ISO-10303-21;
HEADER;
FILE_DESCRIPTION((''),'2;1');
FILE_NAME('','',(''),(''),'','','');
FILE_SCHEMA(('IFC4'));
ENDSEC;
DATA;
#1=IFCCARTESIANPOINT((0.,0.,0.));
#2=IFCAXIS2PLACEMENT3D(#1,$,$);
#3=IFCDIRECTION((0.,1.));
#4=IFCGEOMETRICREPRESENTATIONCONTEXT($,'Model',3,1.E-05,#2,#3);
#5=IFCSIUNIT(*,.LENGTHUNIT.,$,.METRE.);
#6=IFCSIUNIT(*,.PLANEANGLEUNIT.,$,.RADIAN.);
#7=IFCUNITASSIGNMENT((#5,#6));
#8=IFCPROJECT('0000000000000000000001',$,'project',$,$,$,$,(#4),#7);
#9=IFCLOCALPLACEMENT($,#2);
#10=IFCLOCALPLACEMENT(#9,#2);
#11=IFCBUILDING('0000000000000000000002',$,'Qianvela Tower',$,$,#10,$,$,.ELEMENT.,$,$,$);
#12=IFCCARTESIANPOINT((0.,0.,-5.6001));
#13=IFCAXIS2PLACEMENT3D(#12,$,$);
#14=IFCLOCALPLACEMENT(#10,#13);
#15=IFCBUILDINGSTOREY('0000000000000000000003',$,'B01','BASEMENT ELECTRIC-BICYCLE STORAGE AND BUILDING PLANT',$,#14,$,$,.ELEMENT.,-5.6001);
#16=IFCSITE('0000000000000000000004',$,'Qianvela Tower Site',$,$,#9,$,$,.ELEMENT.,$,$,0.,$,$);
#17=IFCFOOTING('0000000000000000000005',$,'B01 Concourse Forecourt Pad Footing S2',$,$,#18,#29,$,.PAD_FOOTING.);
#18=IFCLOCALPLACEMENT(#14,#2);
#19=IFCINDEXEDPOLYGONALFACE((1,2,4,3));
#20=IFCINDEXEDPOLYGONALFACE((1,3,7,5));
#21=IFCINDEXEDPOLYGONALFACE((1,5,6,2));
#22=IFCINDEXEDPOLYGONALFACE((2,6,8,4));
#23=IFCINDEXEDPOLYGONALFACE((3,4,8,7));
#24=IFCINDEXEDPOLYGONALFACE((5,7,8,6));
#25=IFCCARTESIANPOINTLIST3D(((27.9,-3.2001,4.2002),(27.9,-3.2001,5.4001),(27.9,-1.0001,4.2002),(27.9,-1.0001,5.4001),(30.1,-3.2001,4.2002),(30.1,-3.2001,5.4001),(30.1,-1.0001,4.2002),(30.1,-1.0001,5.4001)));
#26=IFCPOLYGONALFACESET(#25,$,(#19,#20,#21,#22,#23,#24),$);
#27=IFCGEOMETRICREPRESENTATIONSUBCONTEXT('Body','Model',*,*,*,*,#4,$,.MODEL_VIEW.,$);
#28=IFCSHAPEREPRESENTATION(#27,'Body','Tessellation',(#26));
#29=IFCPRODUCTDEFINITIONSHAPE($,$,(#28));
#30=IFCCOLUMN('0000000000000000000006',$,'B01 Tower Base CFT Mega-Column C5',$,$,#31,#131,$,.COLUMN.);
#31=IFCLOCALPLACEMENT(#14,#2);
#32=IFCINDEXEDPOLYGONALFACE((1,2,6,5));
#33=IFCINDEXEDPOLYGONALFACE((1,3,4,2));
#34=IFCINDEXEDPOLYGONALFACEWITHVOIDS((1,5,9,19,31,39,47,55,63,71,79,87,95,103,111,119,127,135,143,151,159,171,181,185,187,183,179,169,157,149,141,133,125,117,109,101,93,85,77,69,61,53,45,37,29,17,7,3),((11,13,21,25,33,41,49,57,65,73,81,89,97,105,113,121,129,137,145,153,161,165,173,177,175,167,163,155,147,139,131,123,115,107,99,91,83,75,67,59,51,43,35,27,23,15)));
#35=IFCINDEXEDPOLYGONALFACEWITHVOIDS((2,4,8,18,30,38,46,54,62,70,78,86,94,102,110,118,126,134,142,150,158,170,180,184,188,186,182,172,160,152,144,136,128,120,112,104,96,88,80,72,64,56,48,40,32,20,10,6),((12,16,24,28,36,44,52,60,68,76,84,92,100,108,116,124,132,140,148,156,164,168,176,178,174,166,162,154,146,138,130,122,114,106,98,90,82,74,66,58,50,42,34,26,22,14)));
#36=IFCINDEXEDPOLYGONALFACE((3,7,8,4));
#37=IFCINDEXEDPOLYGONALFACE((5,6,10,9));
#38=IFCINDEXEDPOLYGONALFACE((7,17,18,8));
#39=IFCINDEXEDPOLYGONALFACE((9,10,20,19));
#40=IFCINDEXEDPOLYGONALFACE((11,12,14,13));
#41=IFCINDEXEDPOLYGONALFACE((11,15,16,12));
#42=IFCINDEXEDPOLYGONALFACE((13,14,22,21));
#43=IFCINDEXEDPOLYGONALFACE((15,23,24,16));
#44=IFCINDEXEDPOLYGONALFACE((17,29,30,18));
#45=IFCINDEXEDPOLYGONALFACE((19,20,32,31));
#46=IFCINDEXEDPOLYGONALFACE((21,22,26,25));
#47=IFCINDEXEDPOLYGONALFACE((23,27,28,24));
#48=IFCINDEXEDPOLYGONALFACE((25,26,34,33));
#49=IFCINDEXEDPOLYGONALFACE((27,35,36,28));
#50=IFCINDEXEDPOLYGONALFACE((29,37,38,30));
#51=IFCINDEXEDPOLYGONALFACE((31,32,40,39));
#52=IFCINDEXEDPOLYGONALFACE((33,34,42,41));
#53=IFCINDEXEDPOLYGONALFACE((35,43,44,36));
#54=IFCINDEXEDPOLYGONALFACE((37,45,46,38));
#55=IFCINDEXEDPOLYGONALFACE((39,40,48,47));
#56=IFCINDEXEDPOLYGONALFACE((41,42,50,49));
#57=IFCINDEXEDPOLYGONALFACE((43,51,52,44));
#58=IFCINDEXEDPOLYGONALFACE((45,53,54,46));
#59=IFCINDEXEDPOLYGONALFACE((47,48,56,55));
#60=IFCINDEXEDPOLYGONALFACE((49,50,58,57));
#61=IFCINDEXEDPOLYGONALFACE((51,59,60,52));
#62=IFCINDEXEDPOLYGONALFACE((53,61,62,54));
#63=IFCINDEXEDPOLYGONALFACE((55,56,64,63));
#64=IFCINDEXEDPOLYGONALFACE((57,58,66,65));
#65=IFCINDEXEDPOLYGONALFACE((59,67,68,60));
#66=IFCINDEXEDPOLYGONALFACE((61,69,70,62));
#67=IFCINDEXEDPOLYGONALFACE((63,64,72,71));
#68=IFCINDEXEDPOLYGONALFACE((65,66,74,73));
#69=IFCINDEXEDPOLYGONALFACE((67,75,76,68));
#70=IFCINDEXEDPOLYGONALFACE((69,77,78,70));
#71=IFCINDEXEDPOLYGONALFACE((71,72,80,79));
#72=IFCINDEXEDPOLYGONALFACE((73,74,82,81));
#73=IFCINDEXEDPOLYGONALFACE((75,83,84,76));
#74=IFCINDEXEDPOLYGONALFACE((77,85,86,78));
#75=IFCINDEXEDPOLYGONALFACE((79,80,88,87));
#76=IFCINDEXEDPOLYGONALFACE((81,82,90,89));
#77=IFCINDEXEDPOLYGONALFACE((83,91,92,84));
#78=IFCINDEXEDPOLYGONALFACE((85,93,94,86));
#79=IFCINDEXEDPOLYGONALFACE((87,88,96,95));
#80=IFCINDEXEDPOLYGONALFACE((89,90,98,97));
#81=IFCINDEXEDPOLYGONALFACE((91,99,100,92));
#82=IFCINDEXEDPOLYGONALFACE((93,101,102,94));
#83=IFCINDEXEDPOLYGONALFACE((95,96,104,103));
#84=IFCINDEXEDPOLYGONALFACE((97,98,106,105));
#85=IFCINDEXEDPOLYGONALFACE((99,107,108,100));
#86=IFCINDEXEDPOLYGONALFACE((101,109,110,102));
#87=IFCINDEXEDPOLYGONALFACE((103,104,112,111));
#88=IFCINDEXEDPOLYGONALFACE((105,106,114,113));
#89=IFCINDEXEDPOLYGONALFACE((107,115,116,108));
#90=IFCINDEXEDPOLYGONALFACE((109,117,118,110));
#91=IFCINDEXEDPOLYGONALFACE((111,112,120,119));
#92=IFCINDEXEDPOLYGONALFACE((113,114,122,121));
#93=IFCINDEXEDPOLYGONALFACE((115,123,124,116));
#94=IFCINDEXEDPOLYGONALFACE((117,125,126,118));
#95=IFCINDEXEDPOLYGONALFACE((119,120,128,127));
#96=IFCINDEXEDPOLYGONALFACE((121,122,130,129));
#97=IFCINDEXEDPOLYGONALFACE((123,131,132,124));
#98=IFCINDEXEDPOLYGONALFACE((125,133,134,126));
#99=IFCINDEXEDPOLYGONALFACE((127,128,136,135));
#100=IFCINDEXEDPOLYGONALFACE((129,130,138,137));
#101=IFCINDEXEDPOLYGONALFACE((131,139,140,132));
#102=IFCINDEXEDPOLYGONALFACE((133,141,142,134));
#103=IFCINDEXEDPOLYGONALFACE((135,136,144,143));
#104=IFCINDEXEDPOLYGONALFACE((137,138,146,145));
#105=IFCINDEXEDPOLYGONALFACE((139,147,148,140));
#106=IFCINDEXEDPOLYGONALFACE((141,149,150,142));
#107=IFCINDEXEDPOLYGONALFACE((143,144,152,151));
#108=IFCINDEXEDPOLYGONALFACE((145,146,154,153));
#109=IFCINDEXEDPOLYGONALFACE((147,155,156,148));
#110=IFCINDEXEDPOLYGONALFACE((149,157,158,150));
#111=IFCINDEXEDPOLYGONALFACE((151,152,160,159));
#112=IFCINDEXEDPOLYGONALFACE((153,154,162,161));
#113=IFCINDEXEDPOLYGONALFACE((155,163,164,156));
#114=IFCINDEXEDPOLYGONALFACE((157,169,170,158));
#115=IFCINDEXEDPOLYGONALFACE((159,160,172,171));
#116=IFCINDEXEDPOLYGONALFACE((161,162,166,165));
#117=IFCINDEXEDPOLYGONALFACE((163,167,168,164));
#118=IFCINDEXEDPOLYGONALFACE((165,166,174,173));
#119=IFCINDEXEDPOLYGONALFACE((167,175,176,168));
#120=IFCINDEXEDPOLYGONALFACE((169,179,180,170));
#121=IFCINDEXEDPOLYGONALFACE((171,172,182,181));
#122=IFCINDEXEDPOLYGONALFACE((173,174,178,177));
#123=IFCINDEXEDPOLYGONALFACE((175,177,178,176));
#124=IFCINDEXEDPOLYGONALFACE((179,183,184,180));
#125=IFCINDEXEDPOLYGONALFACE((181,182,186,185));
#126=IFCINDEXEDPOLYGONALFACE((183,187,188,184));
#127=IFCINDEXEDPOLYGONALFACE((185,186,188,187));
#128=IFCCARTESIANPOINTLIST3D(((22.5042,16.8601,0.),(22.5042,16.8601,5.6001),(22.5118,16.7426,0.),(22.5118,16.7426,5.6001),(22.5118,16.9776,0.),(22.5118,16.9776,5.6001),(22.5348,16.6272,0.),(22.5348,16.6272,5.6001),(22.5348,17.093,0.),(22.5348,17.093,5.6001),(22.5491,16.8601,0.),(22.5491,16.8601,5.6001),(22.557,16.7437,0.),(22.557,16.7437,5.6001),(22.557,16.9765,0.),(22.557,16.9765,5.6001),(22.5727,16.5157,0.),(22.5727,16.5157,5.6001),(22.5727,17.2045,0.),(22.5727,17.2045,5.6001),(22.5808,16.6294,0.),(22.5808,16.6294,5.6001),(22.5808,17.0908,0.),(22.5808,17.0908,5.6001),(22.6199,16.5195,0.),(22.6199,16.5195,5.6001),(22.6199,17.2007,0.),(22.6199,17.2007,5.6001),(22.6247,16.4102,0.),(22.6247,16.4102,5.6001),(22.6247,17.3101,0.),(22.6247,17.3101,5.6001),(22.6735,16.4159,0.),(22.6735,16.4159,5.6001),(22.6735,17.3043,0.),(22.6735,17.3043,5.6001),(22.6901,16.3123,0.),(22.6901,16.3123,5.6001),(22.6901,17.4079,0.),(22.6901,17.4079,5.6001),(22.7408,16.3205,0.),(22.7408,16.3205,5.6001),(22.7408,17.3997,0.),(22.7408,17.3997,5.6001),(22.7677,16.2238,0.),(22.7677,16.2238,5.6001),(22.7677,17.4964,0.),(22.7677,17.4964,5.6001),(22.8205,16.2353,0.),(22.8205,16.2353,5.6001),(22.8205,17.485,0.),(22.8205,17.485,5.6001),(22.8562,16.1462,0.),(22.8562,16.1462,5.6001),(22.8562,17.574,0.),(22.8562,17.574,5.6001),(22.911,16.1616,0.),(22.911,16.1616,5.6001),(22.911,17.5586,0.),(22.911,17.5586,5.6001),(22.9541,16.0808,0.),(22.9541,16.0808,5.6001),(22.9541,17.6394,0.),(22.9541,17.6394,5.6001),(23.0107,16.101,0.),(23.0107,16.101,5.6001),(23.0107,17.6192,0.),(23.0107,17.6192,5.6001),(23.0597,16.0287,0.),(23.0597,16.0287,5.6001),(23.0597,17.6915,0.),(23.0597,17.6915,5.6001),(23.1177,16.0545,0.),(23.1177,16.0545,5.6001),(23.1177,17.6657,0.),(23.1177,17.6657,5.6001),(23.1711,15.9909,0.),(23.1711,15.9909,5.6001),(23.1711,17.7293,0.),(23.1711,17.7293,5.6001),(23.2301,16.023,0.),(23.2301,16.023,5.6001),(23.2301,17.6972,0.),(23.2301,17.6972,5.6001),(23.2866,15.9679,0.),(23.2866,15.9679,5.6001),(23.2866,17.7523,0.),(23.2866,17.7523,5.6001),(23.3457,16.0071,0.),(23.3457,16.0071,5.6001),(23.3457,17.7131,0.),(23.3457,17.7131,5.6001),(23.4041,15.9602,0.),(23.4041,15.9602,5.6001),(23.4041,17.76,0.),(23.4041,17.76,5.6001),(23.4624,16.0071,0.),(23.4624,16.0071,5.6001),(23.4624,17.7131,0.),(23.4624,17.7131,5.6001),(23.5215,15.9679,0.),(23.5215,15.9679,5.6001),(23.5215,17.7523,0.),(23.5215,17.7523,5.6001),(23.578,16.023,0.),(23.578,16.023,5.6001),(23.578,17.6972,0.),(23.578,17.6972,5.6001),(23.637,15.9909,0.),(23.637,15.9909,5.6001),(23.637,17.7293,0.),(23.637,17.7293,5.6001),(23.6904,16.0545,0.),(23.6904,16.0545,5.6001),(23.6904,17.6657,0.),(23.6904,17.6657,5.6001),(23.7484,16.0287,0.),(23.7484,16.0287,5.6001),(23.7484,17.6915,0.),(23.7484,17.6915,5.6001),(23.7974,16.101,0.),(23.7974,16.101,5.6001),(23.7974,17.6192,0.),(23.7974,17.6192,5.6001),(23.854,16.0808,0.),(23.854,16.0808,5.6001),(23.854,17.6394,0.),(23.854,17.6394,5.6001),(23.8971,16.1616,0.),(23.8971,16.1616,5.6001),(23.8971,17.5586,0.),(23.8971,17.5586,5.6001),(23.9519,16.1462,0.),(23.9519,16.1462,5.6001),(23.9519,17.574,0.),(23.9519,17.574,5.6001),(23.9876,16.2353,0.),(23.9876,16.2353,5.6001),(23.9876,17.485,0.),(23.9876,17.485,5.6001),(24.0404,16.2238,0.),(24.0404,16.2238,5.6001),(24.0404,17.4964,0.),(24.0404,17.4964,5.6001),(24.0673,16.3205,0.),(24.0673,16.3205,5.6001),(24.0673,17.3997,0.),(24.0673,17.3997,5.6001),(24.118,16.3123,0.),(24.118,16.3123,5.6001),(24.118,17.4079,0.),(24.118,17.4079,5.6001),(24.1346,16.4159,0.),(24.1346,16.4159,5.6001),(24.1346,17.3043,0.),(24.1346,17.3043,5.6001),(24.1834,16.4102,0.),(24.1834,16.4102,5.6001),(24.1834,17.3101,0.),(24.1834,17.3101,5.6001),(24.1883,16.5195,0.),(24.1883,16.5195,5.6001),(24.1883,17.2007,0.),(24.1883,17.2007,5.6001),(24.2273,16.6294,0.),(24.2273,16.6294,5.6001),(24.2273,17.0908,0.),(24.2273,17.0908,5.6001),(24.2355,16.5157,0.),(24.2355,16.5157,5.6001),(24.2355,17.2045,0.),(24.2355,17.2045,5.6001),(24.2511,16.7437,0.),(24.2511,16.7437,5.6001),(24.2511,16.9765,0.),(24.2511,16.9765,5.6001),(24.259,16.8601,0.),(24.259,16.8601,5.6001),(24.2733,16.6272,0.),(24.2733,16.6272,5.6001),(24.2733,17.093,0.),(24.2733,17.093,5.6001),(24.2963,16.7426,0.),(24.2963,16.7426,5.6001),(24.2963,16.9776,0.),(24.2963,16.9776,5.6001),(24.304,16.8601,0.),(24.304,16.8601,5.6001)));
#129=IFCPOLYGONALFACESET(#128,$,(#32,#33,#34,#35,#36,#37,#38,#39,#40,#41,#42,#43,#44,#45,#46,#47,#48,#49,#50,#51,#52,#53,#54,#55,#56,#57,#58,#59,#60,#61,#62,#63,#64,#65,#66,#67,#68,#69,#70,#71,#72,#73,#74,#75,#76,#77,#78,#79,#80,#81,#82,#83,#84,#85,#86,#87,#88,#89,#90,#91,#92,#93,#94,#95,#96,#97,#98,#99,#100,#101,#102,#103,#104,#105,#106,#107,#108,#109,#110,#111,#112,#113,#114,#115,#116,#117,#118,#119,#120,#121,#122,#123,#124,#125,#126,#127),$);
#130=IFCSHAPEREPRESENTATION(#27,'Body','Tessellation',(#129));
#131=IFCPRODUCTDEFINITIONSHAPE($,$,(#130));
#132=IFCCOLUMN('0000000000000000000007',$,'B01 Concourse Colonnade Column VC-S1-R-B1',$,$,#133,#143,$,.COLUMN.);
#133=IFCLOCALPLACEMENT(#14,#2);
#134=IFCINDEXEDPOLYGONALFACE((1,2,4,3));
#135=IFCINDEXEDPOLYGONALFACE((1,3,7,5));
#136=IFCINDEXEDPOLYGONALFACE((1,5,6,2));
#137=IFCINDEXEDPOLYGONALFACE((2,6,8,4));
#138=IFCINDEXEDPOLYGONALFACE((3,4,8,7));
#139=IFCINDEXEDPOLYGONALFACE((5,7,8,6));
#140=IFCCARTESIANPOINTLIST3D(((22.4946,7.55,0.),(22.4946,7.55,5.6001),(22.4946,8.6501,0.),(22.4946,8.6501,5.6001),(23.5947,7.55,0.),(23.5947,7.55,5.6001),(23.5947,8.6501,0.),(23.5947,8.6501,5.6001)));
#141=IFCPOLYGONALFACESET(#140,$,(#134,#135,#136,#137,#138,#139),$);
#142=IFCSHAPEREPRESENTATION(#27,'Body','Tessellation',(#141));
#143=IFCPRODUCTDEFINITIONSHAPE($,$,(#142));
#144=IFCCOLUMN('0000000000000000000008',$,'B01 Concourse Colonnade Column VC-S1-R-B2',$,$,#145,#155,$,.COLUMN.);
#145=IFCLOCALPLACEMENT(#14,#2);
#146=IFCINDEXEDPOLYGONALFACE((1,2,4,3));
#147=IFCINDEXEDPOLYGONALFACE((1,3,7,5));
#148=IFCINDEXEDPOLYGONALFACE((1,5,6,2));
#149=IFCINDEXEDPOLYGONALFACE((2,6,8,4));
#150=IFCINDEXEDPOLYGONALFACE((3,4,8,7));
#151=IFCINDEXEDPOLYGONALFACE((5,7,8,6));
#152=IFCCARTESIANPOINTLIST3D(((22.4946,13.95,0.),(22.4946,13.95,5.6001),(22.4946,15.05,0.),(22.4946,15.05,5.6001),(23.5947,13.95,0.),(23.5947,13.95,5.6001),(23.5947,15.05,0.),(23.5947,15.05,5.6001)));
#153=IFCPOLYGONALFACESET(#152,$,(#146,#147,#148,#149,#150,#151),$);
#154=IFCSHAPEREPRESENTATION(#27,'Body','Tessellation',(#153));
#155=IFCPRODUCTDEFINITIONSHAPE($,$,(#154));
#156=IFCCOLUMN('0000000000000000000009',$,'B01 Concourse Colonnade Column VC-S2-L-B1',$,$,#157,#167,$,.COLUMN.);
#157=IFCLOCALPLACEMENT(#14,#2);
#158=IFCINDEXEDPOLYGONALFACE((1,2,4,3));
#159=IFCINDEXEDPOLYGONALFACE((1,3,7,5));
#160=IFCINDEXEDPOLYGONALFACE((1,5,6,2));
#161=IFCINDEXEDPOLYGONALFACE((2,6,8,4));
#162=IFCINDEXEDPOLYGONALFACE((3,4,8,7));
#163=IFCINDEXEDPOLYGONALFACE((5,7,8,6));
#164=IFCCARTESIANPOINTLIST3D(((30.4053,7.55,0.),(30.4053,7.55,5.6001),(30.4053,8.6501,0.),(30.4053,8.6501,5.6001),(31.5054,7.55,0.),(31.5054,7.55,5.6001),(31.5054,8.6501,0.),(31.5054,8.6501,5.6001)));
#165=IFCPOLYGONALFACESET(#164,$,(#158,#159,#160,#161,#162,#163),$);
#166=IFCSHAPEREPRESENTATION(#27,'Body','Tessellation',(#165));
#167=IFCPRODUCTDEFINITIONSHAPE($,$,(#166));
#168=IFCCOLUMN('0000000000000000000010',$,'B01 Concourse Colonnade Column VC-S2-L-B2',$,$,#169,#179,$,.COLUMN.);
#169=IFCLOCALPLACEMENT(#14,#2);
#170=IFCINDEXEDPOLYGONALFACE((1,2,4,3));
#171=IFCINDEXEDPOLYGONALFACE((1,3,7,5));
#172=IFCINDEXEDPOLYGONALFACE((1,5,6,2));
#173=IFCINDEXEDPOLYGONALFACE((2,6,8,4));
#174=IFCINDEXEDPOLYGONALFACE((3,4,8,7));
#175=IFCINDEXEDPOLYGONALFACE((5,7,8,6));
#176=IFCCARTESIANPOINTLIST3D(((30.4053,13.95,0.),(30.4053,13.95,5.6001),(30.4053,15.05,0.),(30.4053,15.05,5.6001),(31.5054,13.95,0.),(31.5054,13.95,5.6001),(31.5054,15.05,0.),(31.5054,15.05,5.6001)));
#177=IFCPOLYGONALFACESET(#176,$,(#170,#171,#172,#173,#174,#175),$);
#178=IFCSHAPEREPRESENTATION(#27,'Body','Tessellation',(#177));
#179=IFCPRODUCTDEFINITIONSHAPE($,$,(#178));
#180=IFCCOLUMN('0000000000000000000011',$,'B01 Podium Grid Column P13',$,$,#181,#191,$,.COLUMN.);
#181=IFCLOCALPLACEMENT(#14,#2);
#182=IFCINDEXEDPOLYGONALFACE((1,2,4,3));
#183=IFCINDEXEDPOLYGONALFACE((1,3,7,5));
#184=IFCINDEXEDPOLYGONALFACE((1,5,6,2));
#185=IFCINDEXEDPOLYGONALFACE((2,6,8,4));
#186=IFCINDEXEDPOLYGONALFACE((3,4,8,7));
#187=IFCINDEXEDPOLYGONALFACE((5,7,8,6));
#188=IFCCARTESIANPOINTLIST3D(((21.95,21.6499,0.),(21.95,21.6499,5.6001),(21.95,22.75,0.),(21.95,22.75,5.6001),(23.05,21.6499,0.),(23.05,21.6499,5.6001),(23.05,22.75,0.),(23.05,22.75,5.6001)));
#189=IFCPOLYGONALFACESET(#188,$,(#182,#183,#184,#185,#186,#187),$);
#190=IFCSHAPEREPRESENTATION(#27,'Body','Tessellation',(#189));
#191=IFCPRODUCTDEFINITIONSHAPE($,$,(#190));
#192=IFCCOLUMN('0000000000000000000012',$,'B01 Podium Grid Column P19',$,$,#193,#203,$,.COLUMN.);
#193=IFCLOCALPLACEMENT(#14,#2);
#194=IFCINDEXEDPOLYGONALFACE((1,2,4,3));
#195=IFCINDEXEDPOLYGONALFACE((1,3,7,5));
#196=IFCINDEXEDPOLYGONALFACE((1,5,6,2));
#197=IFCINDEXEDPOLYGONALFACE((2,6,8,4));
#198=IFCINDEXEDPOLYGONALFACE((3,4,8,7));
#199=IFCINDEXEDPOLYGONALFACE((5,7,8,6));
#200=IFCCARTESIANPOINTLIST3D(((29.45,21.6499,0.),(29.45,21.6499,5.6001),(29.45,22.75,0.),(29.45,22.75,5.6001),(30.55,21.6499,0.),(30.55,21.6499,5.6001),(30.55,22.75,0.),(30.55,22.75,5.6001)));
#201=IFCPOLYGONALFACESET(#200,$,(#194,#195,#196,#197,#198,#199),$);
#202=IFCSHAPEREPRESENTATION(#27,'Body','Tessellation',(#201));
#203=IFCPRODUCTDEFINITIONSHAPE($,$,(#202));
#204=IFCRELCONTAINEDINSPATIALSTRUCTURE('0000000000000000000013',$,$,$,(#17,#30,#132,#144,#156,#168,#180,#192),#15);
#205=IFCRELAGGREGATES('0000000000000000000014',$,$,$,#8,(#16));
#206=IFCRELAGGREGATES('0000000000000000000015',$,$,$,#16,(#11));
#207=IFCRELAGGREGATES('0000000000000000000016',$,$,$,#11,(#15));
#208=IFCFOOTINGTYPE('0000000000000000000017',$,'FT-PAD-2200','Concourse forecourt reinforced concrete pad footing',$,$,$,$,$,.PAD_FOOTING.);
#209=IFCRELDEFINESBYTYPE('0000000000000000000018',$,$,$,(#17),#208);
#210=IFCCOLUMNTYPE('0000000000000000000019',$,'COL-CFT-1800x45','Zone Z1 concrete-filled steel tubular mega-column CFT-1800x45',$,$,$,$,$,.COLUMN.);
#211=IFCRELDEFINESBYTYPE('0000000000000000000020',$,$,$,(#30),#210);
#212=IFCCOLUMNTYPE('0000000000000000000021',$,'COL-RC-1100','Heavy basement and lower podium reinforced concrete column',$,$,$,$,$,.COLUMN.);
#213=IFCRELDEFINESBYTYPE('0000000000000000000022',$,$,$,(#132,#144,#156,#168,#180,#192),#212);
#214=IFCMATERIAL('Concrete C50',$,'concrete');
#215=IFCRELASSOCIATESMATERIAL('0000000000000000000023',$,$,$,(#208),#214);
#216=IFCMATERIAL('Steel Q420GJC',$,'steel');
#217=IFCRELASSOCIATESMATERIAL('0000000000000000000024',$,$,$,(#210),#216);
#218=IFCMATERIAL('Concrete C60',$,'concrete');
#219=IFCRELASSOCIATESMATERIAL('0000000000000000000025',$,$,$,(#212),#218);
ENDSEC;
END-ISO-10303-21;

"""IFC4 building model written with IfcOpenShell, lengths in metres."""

from ifc_helpers import new_model, si_unit, direction, frame, origin, origin_2d, place, context, subcontext, project, spatial, rectangle, hollow_circle, extrude, material, material_profile, profile_set, type_object, element, save


model = new_model("IFC4")

# Units and contexts
model_context = context("Model", 3, precision=1e-05, world=origin(), true_north=direction((0.0, 1.0)))
body_context = subcontext(model_context, "Body", "Model", "MODEL_VIEW")
ifc_project = project(units=[si_unit("LENGTHUNIT", "METRE"), si_unit("PLANEANGLEUNIT", "RADIAN")], contexts=[model_context])

# Site, building, storey
site_placement = place(None, origin())
site = spatial("IfcSite", under=ifc_project, at=site_placement, Name="Qianvela Tower Site", CompositionType="ELEMENT", RefElevation=0.0)
building_placement = place(site_placement, origin())
building = spatial("IfcBuilding", under=site, at=building_placement, Name="Qianvela Tower", CompositionType="ELEMENT")
storey_placement = place(building_placement, frame((0.0, 0.0, -5.6001)))
storey = spatial("IfcBuildingStorey", under=building, at=storey_placement, Name="B01", Description="BASEMENT ELECTRIC-BICYCLE STORAGE AND BUILDING PLANT", CompositionType="ELEMENT", Elevation=-5.6001)

# Footing
ifc_material_1 = material(Name="Concrete C50", Category="concrete")
footing_type = type_object("IfcFootingType", Name="FT-PAD-2200", Description="Concourse forecourt reinforced concrete pad footing", PredefinedType="PAD_FOOTING", material=ifc_material_1)
footing_placement = place(storey_placement, frame((29.0, -2.1001, 4.2002), z_axis=(0.0, 0.0, 1.0), x_axis=(1.0, 0.0, 0.0)))
element("IfcFooting", 1, at=footing_placement, inside=storey, type_object=footing_type, Name="B01 Concourse Forecourt Pad Footing S2", PredefinedType="PAD_FOOTING", context=body_context, shape_type="SweptSolid", body=[
    extrude(rectangle(XDim=2.2, YDim=2.2, at=origin_2d()), origin(), (0.0, 0.0, 1.0), 1.2),
])

# Columns
ifc_material_2 = material(Name="Steel Q420GJC", Category="steel")
ifc_material_profile_1 = material_profile(ifc_material_2, hollow_circle(Radius=0.8999, WallThickness=0.0449, at=origin_2d()), Name="CFT-1800x45")
ifc_profile_set_1 = profile_set([ifc_material_profile_1], Name="Steel Q420GJC")
column_type_1 = type_object("IfcColumnType", Name="COL-CFT-1800x45", Description="Zone Z1 concrete-filled steel tubular mega-column CFT-1800x45", PredefinedType="COLUMN", material=ifc_profile_set_1)
column_placement = place(storey_placement, frame((23.4041, 16.8601, 0.0), z_axis=(0.0, 0.0, 1.0), x_axis=(1.0, 0.0, 0.0)))
element("IfcColumn", 2, at=column_placement, inside=storey, type_object=column_type_1, Name="B01 Tower Base CFT Mega-Column C5", PredefinedType="COLUMN", context=body_context, shape_type="SweptSolid", body=[
    extrude(hollow_circle(Radius=0.8999, WallThickness=0.0449, at=origin_2d()), origin(), (0.0, 0.0, 1.0), 5.6001),
])
ifc_material_3 = material(Name="Concrete C60", Category="concrete")
ifc_material_profile_2 = material_profile(ifc_material_3, rectangle(XDim=1.1001, YDim=1.1001, at=origin_2d()), Name="RC-COL-1100x1100")
ifc_profile_set_2 = profile_set([ifc_material_profile_2], Name="Concrete C60")
column_type_2 = type_object("IfcColumnType", Name="COL-RC-1100", Description="Heavy basement and lower podium reinforced concrete column", PredefinedType="COLUMN", material=ifc_profile_set_2)
for number, where, z_axis, x_axis, name in (
    (3, (23.0447, 8.1001, 0.0), (0.0, 0.0, 1.0), (1.0, 0.0, 0.0), "B01 Concourse Colonnade Column VC-S1-R-B1"),
    (4, (23.0447, 14.5, 0.0), (0.0, 0.0, 1.0), (1.0, 0.0, 0.0), "B01 Concourse Colonnade Column VC-S1-R-B2"),
    (5, (30.9553, 8.1001, 0.0), (0.0, 0.0, 1.0), (1.0, 0.0, 0.0), "B01 Concourse Colonnade Column VC-S2-L-B1"),
    (6, (30.9553, 14.5, 0.0), (0.0, 0.0, 1.0), (1.0, 0.0, 0.0), "B01 Concourse Colonnade Column VC-S2-L-B2"),
    (7, (22.5, 22.2, 0.0), (0.0, 0.0, 1.0), (1.0, 0.0, 0.0), "B01 Podium Grid Column P13"),
    (8, (30.0, 22.2, 0.0), (0.0, 0.0, 1.0), (1.0, 0.0, 0.0), "B01 Podium Grid Column P19"),
):
    element("IfcColumn", number, at=place(storey_placement, frame(where, z_axis=z_axis, x_axis=x_axis)), inside=storey, type_object=column_type_2, Name=name, PredefinedType="COLUMN", context=body_context, shape_type="SweptSolid", body=[
        extrude(rectangle(XDim=1.1001, YDim=1.1001, at=origin_2d()), origin(), (0.0, 0.0, 1.0), 5.6001),
    ])

save(model, "model.ifc")
